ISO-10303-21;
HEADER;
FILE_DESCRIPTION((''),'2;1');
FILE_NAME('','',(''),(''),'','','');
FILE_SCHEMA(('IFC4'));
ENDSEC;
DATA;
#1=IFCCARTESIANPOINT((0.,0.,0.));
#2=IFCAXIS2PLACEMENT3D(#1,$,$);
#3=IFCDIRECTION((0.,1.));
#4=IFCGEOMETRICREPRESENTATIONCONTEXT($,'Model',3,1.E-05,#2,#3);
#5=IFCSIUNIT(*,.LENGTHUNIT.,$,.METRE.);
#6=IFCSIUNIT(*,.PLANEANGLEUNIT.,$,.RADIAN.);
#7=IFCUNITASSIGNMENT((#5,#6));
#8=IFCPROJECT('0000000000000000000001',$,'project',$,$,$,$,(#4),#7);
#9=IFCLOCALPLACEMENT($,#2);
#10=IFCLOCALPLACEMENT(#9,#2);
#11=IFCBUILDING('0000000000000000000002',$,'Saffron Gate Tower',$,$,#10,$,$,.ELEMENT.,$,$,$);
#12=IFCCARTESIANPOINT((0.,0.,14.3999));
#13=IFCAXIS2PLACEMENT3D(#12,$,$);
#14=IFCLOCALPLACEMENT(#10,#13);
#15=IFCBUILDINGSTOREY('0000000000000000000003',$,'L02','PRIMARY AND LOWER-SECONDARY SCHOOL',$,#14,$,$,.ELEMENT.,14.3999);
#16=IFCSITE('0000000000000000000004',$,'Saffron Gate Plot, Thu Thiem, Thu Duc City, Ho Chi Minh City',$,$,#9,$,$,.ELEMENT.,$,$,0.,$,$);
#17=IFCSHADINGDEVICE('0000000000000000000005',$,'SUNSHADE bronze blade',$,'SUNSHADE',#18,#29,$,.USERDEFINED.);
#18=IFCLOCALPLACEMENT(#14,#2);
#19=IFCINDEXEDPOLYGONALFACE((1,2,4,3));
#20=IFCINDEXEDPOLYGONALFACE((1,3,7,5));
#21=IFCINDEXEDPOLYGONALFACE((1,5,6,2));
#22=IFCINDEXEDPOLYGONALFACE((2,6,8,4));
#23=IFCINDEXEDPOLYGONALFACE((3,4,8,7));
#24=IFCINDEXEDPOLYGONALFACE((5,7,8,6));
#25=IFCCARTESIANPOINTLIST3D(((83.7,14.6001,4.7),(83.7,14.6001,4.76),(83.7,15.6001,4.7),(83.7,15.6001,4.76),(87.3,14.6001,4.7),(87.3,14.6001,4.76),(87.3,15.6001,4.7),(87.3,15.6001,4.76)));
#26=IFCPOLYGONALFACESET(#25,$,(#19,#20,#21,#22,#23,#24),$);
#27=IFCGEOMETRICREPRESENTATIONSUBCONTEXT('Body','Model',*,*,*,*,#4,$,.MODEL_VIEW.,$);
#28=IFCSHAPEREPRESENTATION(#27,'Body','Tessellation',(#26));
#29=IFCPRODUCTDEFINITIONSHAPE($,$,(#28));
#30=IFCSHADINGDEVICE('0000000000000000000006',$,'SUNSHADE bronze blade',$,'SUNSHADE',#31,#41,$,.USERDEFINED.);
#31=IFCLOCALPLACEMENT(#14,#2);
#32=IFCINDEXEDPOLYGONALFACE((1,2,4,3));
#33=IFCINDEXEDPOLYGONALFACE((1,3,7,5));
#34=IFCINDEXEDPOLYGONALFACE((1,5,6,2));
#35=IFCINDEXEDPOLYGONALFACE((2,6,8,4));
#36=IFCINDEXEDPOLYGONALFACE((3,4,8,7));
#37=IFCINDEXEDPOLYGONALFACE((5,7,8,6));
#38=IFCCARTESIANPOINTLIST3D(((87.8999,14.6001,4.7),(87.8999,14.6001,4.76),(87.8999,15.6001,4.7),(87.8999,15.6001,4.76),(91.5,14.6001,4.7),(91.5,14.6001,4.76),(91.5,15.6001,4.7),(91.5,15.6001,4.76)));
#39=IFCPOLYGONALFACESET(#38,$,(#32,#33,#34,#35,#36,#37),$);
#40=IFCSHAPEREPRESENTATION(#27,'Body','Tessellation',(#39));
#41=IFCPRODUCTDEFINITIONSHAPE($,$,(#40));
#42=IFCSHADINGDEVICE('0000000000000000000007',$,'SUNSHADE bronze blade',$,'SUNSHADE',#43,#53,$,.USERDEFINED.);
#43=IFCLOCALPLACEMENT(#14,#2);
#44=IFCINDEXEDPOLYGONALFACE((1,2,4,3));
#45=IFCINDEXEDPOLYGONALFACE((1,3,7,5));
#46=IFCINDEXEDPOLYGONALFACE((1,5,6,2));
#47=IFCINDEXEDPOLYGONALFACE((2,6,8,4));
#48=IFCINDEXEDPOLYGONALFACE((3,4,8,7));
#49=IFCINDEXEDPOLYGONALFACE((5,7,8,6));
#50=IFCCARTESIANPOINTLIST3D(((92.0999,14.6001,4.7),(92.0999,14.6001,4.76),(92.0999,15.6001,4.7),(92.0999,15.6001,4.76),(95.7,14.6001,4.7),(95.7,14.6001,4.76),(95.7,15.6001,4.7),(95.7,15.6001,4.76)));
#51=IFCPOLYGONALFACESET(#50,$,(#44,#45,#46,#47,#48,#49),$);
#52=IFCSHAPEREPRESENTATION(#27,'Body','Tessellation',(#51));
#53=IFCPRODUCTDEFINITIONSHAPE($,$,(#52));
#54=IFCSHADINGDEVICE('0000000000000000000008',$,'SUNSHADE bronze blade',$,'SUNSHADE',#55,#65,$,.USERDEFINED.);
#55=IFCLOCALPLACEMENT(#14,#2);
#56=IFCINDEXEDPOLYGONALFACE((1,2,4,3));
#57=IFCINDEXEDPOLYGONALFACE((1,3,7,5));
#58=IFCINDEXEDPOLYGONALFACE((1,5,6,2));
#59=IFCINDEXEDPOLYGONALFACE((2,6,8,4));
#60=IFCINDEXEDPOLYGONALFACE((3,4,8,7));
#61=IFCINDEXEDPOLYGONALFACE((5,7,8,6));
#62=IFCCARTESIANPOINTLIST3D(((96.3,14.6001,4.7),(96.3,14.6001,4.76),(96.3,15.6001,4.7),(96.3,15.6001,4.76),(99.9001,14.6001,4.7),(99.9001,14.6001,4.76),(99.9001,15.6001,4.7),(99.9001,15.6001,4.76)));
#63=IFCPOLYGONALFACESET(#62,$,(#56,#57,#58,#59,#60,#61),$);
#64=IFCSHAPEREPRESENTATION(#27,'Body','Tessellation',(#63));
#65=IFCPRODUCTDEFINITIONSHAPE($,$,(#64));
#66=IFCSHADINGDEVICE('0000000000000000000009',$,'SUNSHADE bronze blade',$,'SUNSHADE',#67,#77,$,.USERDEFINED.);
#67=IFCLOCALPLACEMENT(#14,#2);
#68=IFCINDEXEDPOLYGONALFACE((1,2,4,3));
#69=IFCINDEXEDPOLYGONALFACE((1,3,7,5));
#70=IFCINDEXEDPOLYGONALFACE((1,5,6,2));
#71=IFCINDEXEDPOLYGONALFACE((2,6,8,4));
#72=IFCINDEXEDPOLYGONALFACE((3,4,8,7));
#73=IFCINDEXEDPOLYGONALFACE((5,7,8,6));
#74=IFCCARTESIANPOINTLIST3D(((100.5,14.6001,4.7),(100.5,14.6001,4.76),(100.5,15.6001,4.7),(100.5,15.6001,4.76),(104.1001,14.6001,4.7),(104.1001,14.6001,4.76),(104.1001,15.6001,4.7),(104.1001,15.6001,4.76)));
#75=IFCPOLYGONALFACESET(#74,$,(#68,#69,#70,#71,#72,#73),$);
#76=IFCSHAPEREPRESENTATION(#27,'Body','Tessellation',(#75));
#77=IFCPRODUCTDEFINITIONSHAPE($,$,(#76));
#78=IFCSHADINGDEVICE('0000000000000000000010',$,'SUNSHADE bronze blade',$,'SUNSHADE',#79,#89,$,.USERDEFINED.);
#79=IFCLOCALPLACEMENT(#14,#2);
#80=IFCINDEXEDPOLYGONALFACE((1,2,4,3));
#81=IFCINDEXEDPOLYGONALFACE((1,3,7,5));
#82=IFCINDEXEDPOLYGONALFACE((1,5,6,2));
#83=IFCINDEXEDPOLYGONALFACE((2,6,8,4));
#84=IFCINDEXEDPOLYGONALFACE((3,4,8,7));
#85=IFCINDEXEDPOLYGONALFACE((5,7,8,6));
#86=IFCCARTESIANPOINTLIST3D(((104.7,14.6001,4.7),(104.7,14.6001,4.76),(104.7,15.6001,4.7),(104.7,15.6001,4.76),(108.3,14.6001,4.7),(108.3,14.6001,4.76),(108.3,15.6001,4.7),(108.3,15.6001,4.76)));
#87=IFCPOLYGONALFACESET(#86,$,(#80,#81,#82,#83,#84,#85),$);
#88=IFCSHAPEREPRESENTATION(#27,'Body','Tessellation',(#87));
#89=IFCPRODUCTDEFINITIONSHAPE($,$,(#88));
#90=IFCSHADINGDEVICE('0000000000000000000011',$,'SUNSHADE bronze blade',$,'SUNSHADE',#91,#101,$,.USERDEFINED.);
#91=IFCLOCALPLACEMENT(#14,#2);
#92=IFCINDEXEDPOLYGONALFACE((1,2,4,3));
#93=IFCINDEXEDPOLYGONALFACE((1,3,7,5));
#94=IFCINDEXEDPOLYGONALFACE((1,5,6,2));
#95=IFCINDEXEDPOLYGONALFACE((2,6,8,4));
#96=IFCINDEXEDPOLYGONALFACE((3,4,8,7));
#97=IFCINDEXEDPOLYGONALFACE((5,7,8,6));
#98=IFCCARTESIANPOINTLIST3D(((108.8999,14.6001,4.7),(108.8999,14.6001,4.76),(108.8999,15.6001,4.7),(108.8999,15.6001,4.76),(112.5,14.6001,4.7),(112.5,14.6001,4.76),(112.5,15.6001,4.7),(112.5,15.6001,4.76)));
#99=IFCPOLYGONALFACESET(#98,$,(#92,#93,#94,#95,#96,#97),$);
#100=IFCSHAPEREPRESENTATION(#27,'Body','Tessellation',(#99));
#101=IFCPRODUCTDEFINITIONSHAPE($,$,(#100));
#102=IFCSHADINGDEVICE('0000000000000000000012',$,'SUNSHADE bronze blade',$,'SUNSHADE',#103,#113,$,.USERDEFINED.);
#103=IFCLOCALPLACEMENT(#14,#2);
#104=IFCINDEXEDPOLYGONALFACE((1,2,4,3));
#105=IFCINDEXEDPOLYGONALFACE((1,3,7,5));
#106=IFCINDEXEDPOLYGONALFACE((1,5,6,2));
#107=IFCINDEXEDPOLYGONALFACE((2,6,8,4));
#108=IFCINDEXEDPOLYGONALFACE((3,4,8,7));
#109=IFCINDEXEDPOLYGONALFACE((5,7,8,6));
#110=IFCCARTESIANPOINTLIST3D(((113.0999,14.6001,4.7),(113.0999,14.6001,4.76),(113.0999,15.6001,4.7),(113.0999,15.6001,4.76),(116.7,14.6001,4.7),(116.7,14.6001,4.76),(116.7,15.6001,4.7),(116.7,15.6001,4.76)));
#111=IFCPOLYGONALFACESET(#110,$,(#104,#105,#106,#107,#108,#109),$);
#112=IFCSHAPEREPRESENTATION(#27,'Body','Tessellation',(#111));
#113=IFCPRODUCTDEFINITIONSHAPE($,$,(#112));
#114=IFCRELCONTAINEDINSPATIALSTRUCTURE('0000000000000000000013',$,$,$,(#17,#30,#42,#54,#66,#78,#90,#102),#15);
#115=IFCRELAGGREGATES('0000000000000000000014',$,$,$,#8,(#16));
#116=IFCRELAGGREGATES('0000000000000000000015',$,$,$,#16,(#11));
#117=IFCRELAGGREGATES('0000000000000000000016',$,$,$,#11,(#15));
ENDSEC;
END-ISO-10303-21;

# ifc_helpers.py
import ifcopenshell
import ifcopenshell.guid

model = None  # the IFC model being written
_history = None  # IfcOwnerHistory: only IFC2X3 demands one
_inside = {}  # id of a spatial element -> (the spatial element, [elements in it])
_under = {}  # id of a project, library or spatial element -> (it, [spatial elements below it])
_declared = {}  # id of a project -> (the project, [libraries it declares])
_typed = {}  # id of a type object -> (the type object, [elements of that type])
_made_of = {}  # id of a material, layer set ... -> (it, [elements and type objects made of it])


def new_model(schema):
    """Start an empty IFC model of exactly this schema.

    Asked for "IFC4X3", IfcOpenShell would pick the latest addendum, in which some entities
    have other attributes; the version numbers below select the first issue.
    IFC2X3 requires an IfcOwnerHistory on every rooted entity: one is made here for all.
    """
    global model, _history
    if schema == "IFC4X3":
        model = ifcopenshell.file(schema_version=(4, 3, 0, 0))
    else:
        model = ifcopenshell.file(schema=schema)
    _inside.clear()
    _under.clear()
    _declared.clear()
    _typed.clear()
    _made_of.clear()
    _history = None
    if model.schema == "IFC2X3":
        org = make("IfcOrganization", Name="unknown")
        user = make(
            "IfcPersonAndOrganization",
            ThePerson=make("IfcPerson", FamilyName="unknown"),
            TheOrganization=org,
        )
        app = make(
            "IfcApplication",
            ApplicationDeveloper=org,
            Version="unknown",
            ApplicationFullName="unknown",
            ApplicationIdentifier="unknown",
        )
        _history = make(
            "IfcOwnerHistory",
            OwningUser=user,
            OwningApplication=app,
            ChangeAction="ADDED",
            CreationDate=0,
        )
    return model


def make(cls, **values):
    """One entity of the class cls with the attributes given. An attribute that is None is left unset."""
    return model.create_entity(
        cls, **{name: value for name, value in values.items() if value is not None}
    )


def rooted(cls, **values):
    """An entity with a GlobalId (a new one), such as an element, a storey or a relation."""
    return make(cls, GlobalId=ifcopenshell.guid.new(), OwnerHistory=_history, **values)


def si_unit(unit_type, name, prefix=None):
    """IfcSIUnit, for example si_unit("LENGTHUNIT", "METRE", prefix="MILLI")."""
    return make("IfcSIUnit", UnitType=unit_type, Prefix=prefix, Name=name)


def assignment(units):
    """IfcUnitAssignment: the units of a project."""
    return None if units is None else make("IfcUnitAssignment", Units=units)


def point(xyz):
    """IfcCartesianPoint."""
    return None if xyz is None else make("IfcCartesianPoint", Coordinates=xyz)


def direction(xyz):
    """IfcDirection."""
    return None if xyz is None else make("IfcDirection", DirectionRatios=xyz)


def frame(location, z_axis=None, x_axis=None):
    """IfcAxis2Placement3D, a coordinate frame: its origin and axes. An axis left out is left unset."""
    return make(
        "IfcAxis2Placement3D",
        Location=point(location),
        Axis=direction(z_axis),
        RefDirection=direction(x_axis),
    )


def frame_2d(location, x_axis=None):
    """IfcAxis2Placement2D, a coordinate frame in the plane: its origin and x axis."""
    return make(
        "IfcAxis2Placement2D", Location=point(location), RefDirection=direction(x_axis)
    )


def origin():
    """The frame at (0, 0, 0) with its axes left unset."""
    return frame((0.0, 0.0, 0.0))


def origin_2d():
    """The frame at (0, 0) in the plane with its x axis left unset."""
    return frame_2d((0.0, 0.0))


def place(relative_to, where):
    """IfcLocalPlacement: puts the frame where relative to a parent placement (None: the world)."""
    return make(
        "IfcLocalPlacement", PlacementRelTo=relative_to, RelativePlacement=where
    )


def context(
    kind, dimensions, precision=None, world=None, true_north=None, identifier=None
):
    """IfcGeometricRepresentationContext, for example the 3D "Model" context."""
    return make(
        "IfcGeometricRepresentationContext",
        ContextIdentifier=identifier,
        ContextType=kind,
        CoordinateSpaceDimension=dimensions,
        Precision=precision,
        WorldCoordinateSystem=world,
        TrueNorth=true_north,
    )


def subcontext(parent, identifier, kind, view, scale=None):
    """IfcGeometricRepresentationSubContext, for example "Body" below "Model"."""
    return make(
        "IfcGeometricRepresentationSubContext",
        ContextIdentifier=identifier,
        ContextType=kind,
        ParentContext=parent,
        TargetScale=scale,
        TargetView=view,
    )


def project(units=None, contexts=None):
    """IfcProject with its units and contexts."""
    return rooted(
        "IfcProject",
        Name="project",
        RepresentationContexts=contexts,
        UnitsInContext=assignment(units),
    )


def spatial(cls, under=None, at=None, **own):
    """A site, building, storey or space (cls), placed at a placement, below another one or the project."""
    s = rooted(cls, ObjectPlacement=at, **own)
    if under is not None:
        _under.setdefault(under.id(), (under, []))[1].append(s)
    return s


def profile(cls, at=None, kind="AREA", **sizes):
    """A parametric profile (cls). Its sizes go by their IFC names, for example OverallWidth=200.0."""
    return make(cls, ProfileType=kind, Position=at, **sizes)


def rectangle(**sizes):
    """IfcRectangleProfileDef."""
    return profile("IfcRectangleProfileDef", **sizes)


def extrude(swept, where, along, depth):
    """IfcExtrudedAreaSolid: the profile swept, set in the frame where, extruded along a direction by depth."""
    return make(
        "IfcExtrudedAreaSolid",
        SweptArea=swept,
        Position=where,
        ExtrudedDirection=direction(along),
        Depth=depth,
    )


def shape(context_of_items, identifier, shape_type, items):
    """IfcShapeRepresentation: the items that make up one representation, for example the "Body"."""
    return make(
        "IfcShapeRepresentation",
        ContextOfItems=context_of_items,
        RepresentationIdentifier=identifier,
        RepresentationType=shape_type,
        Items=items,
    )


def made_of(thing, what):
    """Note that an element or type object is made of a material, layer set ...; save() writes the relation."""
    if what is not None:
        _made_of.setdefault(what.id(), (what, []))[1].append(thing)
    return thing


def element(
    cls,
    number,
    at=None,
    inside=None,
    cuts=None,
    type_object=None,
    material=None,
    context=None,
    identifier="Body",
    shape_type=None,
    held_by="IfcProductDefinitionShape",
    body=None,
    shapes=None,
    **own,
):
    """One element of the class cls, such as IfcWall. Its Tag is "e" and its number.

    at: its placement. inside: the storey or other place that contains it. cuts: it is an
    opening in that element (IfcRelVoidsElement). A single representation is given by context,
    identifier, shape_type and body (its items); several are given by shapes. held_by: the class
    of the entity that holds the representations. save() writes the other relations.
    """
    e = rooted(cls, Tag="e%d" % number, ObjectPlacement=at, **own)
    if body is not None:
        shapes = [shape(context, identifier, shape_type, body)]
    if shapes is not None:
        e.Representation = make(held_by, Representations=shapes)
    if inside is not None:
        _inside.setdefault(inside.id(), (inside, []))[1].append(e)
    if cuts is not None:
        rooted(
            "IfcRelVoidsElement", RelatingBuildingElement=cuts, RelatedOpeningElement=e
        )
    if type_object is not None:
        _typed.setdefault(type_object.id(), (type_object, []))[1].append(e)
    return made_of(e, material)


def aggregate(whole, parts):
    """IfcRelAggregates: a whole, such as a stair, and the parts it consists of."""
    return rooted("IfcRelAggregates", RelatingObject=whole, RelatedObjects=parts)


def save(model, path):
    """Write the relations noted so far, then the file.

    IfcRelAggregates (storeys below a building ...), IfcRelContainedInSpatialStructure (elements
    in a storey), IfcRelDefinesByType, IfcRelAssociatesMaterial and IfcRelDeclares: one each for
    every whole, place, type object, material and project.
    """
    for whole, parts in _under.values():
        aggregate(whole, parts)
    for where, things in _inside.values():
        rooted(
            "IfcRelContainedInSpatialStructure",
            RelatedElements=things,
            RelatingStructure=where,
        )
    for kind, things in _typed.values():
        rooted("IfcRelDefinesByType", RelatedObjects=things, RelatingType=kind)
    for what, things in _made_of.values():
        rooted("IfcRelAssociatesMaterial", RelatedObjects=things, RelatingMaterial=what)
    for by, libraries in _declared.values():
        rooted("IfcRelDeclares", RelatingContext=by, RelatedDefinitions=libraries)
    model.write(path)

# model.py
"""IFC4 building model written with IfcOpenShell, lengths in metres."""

from ifc_helpers import new_model, si_unit, direction, frame, origin, origin_2d, place, context, subcontext, project, spatial, rectangle, extrude, element, save


model = new_model("IFC4")

# Units and contexts
model_context = context("Model", 3, precision=1e-05, world=origin(), true_north=direction((0.0, 1.0)))
body_context = subcontext(model_context, "Body", "Model", "MODEL_VIEW")
ifc_project = project(units=[si_unit("LENGTHUNIT", "METRE"), si_unit("PLANEANGLEUNIT", "RADIAN")], contexts=[model_context])

# Site, building, storey
site_placement = place(None, origin())
site = spatial("IfcSite", under=ifc_project, at=site_placement, Name="Saffron Gate Plot, Thu Thiem, Thu Duc City, Ho Chi Minh City", CompositionType="ELEMENT", RefElevation=0.0)
building_placement = place(site_placement, origin())
building = spatial("IfcBuilding", under=site, at=building_placement, Name="Saffron Gate Tower", CompositionType="ELEMENT")
storey_placement = place(building_placement, frame((0.0, 0.0, 14.3999)))
storey = spatial("IfcBuildingStorey", under=building, at=storey_placement, Name="L02", Description="PRIMARY AND LOWER-SECONDARY SCHOOL", CompositionType="ELEMENT", Elevation=14.3999)

# Shading devices
for number, where, z_axis, x_axis, name in (
    (1, (85.5, 15.1001, 4.7), (0.0, 0.0, 1.0), (1.0, 0.0, 0.0), "SUNSHADE bronze blade"),
    (2, (89.7, 15.1001, 4.7), (0.0, 0.0, 1.0), (1.0, 0.0, 0.0), "SUNSHADE bronze blade"),
    (3, (93.8999, 15.1001, 4.7), (0.0, 0.0, 1.0), (1.0, 0.0, 0.0), "SUNSHADE bronze blade"),
    (4, (98.1001, 15.1001, 4.7), (0.0, 0.0, 1.0), (1.0, 0.0, 0.0), "SUNSHADE bronze blade"),
    (5, (102.3, 15.1001, 4.7), (0.0, 0.0, 1.0), (1.0, 0.0, 0.0), "SUNSHADE bronze blade"),
    (6, (106.5, 15.1001, 4.7), (0.0, 0.0, 1.0), (1.0, 0.0, 0.0), "SUNSHADE bronze blade"),
    (7, (110.7, 15.1001, 4.7), (0.0, 0.0, 1.0), (1.0, 0.0, 0.0), "SUNSHADE bronze blade"),
    (8, (114.8999, 15.1001, 4.7), (0.0, 0.0, 1.0), (1.0, 0.0, 0.0), "SUNSHADE bronze blade"),
):
    element("IfcShadingDevice", number, at=place(storey_placement, frame(where, z_axis=z_axis, x_axis=x_axis)), inside=storey, Name=name, ObjectType="SUNSHADE", PredefinedType="USERDEFINED", context=body_context, shape_type="SweptSolid", body=[
        extrude(rectangle(XDim=3.6001, YDim=1.0, at=origin_2d()), origin(), (0.0, 0.0, 1.0), 0.0601),
    ])

save(model, "model.ifc")
